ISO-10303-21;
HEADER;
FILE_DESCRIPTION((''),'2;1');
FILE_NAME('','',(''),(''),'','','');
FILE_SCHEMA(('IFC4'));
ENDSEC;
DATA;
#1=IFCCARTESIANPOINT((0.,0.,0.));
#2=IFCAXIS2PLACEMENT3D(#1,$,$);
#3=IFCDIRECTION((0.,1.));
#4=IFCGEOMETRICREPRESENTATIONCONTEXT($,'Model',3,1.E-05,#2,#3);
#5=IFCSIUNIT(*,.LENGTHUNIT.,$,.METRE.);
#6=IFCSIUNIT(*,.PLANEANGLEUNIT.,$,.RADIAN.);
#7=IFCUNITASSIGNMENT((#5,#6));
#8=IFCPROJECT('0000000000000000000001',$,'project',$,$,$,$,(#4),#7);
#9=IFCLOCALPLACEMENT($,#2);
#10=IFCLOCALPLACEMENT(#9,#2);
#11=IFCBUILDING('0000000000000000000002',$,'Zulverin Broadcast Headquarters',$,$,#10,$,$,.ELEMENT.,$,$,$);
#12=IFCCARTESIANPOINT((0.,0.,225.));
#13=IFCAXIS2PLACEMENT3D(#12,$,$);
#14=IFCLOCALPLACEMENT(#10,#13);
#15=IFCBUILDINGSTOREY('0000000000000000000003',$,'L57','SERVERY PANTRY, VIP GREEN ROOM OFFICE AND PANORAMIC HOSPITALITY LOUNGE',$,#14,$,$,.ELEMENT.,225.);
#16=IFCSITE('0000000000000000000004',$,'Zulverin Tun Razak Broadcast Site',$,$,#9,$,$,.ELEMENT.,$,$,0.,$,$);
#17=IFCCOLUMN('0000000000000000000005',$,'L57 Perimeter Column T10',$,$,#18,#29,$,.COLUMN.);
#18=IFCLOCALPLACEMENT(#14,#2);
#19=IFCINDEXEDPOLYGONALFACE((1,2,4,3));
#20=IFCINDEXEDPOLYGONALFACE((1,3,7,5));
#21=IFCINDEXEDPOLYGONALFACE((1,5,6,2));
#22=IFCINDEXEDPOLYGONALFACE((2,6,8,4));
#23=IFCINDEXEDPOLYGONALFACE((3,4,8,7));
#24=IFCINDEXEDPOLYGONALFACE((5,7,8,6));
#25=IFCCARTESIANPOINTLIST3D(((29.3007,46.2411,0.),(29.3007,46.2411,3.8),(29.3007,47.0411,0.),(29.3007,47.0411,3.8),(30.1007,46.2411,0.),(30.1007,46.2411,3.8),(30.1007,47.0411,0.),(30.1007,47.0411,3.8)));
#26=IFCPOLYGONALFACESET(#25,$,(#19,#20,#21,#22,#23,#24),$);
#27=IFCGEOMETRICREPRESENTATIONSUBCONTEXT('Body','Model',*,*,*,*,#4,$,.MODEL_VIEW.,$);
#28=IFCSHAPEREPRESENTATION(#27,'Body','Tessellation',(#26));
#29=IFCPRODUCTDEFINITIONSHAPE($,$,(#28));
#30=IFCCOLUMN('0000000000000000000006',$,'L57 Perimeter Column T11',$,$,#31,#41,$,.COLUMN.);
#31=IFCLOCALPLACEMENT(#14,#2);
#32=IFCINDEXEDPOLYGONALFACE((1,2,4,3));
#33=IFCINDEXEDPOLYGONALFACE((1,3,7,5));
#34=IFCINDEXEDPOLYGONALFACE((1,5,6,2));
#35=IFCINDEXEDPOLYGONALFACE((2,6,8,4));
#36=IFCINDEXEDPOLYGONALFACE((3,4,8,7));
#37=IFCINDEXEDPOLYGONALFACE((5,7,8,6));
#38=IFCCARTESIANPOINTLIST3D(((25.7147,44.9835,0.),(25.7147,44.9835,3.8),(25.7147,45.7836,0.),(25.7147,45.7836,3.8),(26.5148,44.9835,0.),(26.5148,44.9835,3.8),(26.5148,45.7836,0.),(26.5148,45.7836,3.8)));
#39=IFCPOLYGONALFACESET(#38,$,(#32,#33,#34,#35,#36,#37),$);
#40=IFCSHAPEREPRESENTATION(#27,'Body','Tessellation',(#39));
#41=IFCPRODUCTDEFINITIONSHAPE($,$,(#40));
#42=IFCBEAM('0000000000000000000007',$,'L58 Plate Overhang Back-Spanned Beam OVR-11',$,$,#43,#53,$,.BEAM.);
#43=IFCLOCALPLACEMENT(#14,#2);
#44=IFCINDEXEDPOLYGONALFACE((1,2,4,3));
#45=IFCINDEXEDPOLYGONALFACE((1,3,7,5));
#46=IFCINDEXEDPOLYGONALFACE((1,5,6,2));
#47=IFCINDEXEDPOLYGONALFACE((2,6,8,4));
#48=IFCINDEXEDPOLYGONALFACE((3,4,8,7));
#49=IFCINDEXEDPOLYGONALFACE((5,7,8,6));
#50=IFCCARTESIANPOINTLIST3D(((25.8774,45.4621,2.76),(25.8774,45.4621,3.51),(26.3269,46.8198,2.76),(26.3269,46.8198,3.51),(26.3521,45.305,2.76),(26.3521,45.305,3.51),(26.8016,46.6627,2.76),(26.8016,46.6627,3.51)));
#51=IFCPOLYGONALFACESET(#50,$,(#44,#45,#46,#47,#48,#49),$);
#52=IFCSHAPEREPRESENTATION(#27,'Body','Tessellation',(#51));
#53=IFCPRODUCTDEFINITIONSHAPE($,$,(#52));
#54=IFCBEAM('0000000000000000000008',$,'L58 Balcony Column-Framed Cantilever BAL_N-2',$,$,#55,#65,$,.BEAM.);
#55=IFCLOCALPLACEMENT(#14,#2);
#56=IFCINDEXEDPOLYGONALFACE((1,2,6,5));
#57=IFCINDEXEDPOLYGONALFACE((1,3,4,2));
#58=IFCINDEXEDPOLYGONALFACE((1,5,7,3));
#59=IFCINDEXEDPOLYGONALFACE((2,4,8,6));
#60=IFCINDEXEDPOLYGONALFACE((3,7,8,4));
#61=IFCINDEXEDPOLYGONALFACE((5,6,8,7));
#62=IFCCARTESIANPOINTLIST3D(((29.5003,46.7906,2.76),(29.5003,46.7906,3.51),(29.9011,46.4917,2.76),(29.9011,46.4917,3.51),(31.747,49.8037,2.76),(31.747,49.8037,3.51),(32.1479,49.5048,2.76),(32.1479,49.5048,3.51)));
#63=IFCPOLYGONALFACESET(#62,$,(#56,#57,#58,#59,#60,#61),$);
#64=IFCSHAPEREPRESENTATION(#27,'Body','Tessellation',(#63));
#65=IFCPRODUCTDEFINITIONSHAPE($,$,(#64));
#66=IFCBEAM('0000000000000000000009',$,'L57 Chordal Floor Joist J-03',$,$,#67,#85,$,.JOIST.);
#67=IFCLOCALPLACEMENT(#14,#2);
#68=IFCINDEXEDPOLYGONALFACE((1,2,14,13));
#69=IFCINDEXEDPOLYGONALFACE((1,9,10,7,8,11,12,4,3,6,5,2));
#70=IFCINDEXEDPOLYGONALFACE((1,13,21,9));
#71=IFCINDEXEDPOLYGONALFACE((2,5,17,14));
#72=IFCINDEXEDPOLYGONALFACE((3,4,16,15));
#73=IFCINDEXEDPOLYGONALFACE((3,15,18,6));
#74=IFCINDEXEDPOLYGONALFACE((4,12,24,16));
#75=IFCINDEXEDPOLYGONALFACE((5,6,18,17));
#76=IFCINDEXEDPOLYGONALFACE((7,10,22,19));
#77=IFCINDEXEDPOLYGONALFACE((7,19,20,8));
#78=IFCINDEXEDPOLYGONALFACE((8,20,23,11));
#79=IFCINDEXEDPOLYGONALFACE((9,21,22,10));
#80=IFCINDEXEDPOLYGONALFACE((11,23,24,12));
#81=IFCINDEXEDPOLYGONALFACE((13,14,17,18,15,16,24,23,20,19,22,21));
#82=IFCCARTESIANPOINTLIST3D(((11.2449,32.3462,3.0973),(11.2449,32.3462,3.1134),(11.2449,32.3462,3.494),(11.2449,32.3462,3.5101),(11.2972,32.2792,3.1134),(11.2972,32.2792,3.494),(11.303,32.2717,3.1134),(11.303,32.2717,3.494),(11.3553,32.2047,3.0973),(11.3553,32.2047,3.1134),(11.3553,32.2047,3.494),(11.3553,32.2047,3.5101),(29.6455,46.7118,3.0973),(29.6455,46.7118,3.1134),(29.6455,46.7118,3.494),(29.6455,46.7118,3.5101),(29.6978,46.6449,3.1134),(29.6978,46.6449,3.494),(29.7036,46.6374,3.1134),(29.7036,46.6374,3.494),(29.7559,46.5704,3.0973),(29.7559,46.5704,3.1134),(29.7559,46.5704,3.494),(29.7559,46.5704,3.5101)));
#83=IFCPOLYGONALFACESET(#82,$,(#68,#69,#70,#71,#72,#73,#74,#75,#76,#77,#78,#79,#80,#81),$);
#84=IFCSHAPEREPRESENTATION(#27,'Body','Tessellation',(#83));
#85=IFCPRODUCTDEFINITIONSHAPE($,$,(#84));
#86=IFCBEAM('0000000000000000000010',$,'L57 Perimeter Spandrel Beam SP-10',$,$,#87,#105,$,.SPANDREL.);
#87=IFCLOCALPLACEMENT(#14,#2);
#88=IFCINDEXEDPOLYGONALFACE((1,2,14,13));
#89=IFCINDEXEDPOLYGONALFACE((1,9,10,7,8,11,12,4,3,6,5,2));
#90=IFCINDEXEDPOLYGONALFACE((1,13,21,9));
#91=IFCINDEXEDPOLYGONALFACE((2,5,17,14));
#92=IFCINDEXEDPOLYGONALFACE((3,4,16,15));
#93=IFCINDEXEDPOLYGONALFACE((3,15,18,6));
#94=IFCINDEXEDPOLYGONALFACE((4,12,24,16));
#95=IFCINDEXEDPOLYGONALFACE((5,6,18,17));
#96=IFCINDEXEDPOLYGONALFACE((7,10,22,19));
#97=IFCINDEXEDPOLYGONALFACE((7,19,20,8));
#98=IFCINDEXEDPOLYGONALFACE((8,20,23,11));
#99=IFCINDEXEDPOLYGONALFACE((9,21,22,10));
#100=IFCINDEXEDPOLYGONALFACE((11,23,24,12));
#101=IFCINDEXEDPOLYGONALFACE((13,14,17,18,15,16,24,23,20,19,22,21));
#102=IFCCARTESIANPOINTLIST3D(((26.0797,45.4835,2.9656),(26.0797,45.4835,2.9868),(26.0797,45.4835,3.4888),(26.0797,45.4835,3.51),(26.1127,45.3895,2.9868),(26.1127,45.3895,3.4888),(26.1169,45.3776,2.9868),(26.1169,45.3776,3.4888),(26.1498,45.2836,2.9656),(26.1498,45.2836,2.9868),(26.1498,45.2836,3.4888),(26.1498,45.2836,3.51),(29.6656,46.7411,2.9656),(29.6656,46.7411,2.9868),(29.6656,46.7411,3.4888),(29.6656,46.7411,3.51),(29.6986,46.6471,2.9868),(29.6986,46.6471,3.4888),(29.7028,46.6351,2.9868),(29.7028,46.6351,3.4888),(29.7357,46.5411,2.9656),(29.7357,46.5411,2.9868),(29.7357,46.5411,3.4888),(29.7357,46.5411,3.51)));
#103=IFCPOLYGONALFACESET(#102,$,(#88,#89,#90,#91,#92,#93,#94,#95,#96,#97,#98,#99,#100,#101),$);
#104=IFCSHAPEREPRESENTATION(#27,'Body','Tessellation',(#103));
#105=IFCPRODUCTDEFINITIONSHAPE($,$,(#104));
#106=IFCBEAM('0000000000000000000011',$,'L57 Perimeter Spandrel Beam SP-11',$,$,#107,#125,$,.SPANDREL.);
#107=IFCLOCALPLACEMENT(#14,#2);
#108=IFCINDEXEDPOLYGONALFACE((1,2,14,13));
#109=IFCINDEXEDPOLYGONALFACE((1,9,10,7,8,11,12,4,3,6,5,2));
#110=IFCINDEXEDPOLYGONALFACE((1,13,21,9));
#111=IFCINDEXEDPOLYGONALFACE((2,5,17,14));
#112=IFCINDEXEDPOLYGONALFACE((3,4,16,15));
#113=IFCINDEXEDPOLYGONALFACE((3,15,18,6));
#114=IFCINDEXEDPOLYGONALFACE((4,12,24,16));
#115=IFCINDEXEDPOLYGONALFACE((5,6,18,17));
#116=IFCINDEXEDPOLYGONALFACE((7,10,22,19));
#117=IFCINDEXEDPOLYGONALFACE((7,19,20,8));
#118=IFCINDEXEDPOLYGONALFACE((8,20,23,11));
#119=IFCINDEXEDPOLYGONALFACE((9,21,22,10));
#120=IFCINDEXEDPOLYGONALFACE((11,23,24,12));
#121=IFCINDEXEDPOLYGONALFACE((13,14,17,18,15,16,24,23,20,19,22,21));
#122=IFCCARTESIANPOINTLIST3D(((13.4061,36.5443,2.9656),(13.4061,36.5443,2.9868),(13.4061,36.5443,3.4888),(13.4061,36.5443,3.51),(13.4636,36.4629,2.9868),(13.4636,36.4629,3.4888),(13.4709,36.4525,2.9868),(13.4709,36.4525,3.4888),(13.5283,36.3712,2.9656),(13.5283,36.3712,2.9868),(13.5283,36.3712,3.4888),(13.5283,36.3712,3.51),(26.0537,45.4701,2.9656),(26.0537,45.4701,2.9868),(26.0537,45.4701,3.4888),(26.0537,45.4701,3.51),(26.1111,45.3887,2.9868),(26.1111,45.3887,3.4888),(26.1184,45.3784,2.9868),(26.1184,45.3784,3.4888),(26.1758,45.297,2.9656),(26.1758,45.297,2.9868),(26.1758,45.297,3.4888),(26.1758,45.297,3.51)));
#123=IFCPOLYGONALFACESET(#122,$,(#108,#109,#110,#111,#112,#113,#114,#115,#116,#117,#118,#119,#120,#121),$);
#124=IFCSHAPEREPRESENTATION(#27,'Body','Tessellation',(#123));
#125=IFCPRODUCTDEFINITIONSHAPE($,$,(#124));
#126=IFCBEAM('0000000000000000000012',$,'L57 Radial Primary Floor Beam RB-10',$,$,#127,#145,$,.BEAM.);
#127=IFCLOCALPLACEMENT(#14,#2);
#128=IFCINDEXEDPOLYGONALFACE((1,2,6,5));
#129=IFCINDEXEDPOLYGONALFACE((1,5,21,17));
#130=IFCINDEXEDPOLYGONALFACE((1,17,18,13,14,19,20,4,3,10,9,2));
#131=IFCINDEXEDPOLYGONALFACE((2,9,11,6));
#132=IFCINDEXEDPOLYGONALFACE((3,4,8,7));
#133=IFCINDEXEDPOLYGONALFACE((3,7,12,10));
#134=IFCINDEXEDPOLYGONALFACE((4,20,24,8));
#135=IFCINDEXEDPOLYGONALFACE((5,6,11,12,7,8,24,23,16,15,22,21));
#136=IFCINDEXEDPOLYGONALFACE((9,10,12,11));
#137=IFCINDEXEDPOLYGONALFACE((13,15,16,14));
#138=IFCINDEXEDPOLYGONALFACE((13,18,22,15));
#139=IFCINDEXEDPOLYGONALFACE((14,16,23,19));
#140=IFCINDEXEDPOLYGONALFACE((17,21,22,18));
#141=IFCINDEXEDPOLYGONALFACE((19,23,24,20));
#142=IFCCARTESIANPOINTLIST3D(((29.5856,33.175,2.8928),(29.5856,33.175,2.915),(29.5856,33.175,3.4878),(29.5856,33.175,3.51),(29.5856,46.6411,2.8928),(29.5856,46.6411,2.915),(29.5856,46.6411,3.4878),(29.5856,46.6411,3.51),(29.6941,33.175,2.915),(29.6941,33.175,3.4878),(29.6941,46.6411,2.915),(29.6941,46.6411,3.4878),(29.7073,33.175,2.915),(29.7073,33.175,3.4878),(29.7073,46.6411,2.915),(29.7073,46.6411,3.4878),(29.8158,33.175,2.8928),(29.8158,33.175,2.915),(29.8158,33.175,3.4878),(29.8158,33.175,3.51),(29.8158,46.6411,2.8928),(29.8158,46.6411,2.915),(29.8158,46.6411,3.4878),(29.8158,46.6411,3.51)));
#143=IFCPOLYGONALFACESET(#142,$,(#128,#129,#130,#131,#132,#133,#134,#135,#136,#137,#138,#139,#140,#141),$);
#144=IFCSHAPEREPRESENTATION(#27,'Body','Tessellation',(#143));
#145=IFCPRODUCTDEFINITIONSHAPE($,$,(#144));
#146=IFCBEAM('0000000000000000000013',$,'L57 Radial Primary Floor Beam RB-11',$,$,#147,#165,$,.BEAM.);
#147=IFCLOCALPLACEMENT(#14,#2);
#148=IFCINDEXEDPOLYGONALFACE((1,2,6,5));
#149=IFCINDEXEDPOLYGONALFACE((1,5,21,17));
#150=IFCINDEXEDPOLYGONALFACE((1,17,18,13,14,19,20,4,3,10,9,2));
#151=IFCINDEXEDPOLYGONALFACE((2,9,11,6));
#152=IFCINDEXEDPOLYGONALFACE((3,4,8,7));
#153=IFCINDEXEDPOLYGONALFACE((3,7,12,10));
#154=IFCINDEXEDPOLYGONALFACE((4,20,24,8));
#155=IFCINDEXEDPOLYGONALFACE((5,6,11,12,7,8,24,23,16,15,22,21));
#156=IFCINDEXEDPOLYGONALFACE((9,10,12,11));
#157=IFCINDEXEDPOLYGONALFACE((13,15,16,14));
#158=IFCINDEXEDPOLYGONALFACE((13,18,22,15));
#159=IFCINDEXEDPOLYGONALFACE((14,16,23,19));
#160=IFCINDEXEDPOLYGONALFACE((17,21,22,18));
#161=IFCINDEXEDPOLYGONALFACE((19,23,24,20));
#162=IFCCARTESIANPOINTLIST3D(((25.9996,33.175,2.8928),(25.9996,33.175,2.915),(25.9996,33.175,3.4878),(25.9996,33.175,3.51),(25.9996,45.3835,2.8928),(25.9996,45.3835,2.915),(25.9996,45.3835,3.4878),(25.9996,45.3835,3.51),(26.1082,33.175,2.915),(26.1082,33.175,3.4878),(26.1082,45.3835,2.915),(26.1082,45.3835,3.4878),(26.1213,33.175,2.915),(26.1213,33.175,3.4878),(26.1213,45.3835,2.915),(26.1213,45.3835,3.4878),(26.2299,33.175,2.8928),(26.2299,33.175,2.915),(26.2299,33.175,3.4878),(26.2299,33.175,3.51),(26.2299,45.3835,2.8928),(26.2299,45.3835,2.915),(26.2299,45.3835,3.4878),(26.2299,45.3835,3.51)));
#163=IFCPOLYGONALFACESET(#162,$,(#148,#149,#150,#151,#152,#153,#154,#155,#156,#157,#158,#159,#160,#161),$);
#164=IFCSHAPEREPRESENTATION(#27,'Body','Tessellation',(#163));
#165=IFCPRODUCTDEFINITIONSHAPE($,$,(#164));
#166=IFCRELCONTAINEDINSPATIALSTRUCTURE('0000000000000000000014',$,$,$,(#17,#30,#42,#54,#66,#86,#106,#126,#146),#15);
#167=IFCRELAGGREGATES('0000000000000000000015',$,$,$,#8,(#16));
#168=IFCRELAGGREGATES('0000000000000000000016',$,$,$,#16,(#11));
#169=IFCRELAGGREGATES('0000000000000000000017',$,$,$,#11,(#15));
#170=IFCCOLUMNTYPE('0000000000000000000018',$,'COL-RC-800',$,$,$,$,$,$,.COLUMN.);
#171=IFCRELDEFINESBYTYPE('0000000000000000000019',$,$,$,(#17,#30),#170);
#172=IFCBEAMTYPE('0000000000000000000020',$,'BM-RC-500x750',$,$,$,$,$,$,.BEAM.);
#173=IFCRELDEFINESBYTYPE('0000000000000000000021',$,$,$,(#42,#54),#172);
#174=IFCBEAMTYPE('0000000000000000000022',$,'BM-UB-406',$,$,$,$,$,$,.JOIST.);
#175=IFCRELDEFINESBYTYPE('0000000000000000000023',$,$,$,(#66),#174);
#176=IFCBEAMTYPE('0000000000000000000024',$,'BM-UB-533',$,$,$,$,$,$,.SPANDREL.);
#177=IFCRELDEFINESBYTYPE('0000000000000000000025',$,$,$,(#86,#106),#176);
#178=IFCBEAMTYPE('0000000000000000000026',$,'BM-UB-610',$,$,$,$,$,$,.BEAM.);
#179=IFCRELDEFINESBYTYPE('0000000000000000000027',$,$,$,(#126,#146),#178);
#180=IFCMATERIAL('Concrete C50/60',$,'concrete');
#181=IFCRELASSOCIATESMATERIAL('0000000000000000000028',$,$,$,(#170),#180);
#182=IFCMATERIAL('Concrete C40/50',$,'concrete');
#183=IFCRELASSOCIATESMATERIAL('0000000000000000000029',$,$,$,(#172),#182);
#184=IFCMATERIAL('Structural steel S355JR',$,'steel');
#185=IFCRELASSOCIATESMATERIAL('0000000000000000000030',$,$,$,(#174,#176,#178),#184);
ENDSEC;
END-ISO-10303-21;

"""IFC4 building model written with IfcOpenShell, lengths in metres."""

from ifc_helpers import new_model, si_unit, direction, frame, origin, origin_2d, place, context, subcontext, project, spatial, rectangle, i_section, extrude, material, material_profile, profile_set, type_object, element, save


model = new_model("IFC4")

# Units and contexts
model_context = context("Model", 3, precision=1e-05, world=origin(), true_north=direction((0.0, 1.0)))
body_context = subcontext(model_context, "Body", "Model", "MODEL_VIEW")
ifc_project = project(units=[si_unit("LENGTHUNIT", "METRE"), si_unit("PLANEANGLEUNIT", "RADIAN")], contexts=[model_context])

# Site, building, storey
site_placement = place(None, origin())
site = spatial("IfcSite", under=ifc_project, at=site_placement, Name="Zulverin Tun Razak Broadcast Site", CompositionType="ELEMENT", RefElevation=0.0)
building_placement = place(site_placement, origin())
building = spatial("IfcBuilding", under=site, at=building_placement, Name="Zulverin Broadcast Headquarters", CompositionType="ELEMENT")
storey_placement = place(building_placement, frame((0.0, 0.0, 225.0)))
storey = spatial("IfcBuildingStorey", under=building, at=storey_placement, Name="L57", Description="SERVERY PANTRY, VIP GREEN ROOM OFFICE AND PANORAMIC HOSPITALITY LOUNGE", CompositionType="ELEMENT", Elevation=225.0)

# Columns
ifc_material_1 = material(Name="Concrete C50/60", Category="concrete")
ifc_material_profile_1 = material_profile(ifc_material_1, rectangle(XDim=0.8, YDim=0.8, at=origin_2d()), Name="Concrete C50/60", Category="concrete")
ifc_profile_set_1 = profile_set([ifc_material_profile_1], Name="Concrete C50/60")
column_type = type_object("IfcColumnType", Name="COL-RC-800", PredefinedType="COLUMN", material=ifc_profile_set_1)
for number, where, z_axis, x_axis, name in (
    (1, (29.7007, 46.6411, 0.0), (0.0, 0.0, 1.0), (1.0, 0.0, 0.0), "L57 Perimeter Column T10"),
    (2, (26.1147, 45.3835, 0.0), (0.0, 0.0, 1.0), (1.0, 0.0, 0.0), "L57 Perimeter Column T11"),
):
    element("IfcColumn", number, at=place(storey_placement, frame(where, z_axis=z_axis, x_axis=x_axis)), inside=storey, type_object=column_type, Name=name, PredefinedType="COLUMN", context=body_context, shape_type="SweptSolid", body=[
        extrude(rectangle(XDim=0.8, YDim=0.8, at=origin_2d()), origin(), (0.0, 0.0, 1.0), 3.8),
    ])

# Beams
ifc_material_2 = material(Name="Concrete C40/50", Category="concrete")
ifc_material_profile_2 = material_profile(ifc_material_2, rectangle(XDim=0.5, YDim=0.75, at=origin_2d()), Name="Concrete C40/50", Category="concrete")
ifc_profile_set_2 = profile_set([ifc_material_profile_2], Name="Concrete C40/50")
beam_type_1 = type_object("IfcBeamType", Name="BM-RC-500x750", PredefinedType="BEAM", material=ifc_profile_set_2)
beam_1_placement = place(storey_placement, frame((26.1147, 45.3835, 3.135), z_axis=(0.314281, 0.94933, 0.0), x_axis=(-0.94933, 0.314281, 0.0)))
element("IfcBeam", 3, at=beam_1_placement, inside=storey, type_object=beam_type_1, Name="L58 Plate Overhang Back-Spanned Beam OVR-11", PredefinedType="BEAM", context=body_context, shape_type="SweptSolid", body=[
    extrude(rectangle(XDim=0.5, YDim=0.75, at=origin_2d()), origin(), (0.0, 0.0, 1.0), 1.4302),
])
beam_2_placement = place(storey_placement, frame((29.7007, 46.6411, 3.135), z_axis=(0.597774, 0.801665, 0.0), x_axis=(-0.801665, 0.597774, 0.0)))
element("IfcBeam", 4, at=beam_2_placement, inside=storey, type_object=beam_type_1, Name="L58 Balcony Column-Framed Cantilever BAL_N-2", PredefinedType="BEAM", context=body_context, shape_type="SweptSolid", body=[
    extrude(rectangle(XDim=0.5, YDim=0.75, at=origin_2d()), origin(), (0.0, 0.0, 1.0), 3.7585),
])
ifc_material_3 = material(Name="Structural steel S355JR", Category="steel")
ifc_material_profile_3 = material_profile(ifc_material_3, i_section(OverallWidth=0.1794, OverallDepth=0.4128, WebThickness=0.0095, FlangeThickness=0.0161, at=origin_2d()), Name="Structural steel S355JR", Category="steel")
ifc_profile_set_3 = profile_set([ifc_material_profile_3], Name="Structural steel S355JR")
beam_type_2 = type_object("IfcBeamType", Name="BM-UB-406", PredefinedType="JOIST", material=ifc_profile_set_3)
beam_3_placement = place(storey_placement, frame((29.7007, 46.6411, 3.3037), z_axis=(-0.788227, -0.615384, 0.0), x_axis=(0.615384, -0.788227, 0.0)))
element("IfcBeam", 5, at=beam_3_placement, inside=storey, type_object=beam_type_2, Name="L57 Chordal Floor Joist J-03", PredefinedType="JOIST", context=body_context, shape_type="SweptSolid", body=[
    extrude(i_section(OverallWidth=0.1794, OverallDepth=0.4128, WebThickness=0.0095, FlangeThickness=0.0161, at=origin_2d()), origin(), (0.0, 0.0, 1.0), 23.3442),
])
ifc_material_profile_4 = material_profile(ifc_material_3, i_section(OverallWidth=0.2119, OverallDepth=0.5444, WebThickness=0.0127, FlangeThickness=0.0212, at=origin_2d()), Name="Structural steel S355JR", Category="steel")
ifc_profile_set_4 = profile_set([ifc_material_profile_4], Name="Structural steel S355JR")
beam_type_3 = type_object("IfcBeamType", Name="BM-UB-533", PredefinedType="SPANDREL", material=ifc_profile_set_4)
beam_4_placement = place(storey_placement, frame((29.7007, 46.6411, 3.2378), z_axis=(-0.943654, -0.330934, 0.0), x_axis=(0.330934, -0.943654, 0.0)))
element("IfcBeam", 6, at=beam_4_placement, inside=storey, type_object=beam_type_3, Name="L57 Perimeter Spandrel Beam SP-10", PredefinedType="SPANDREL", context=body_context, shape_type="SweptSolid", body=[
    extrude(i_section(OverallWidth=0.2119, OverallDepth=0.5444, WebThickness=0.0127, FlangeThickness=0.0212, at=origin_2d()), origin(), (0.0, 0.0, 1.0), 3.8),
])
beam_5_placement = place(storey_placement, frame((26.1147, 45.3835, 3.2378), z_axis=(-0.817024, -0.576604, 0.0), x_axis=(0.576604, -0.817024, 0.0)))
element("IfcBeam", 7, at=beam_5_placement, inside=storey, type_object=beam_type_3, Name="L57 Perimeter Spandrel Beam SP-11", PredefinedType="SPANDREL", context=body_context, shape_type="SweptSolid", body=[
    extrude(i_section(OverallWidth=0.2119, OverallDepth=0.5444, WebThickness=0.0127, FlangeThickness=0.0212, at=origin_2d()), origin(), (0.0, 0.0, 1.0), 15.48),
])
ifc_material_profile_5 = material_profile(ifc_material_3, i_section(OverallWidth=0.2302, OverallDepth=0.6172, WebThickness=0.0132, FlangeThickness=0.0222, at=origin_2d()), Name="Structural steel S355JR", Category="steel")
ifc_profile_set_5 = profile_set([ifc_material_profile_5], Name="Structural steel S355JR")
beam_type_4 = type_object("IfcBeamType", Name="BM-UB-610", PredefinedType="BEAM", material=ifc_profile_set_5)
beam_6_placement = place(storey_placement, frame((29.7007, 33.175, 3.2014), z_axis=(0.0, 1.0, 0.0), x_axis=(-1.0, 0.0, 0.0)))
element("IfcBeam", 8, at=beam_6_placement, inside=storey, type_object=beam_type_4, Name="L57 Radial Primary Floor Beam RB-10", PredefinedType="BEAM", context=body_context, shape_type="SweptSolid", body=[
    extrude(i_section(OverallWidth=0.2302, OverallDepth=0.6172, WebThickness=0.0132, FlangeThickness=0.0222, at=origin_2d()), origin(), (0.0, 0.0, 1.0), 13.4661),
])
beam_7_placement = place(storey_placement, frame((26.1147, 33.175, 3.2014), z_axis=(0.0, 1.0, 0.0), x_axis=(-1.0, 0.0, 0.0)))
element("IfcBeam", 9, at=beam_7_placement, inside=storey, type_object=beam_type_4, Name="L57 Radial Primary Floor Beam RB-11", PredefinedType="BEAM", context=body_context, shape_type="SweptSolid", body=[
    extrude(i_section(OverallWidth=0.2302, OverallDepth=0.6172, WebThickness=0.0132, FlangeThickness=0.0222, at=origin_2d()), origin(), (0.0, 0.0, 1.0), 12.2085),
])

save(model, "model.ifc")
